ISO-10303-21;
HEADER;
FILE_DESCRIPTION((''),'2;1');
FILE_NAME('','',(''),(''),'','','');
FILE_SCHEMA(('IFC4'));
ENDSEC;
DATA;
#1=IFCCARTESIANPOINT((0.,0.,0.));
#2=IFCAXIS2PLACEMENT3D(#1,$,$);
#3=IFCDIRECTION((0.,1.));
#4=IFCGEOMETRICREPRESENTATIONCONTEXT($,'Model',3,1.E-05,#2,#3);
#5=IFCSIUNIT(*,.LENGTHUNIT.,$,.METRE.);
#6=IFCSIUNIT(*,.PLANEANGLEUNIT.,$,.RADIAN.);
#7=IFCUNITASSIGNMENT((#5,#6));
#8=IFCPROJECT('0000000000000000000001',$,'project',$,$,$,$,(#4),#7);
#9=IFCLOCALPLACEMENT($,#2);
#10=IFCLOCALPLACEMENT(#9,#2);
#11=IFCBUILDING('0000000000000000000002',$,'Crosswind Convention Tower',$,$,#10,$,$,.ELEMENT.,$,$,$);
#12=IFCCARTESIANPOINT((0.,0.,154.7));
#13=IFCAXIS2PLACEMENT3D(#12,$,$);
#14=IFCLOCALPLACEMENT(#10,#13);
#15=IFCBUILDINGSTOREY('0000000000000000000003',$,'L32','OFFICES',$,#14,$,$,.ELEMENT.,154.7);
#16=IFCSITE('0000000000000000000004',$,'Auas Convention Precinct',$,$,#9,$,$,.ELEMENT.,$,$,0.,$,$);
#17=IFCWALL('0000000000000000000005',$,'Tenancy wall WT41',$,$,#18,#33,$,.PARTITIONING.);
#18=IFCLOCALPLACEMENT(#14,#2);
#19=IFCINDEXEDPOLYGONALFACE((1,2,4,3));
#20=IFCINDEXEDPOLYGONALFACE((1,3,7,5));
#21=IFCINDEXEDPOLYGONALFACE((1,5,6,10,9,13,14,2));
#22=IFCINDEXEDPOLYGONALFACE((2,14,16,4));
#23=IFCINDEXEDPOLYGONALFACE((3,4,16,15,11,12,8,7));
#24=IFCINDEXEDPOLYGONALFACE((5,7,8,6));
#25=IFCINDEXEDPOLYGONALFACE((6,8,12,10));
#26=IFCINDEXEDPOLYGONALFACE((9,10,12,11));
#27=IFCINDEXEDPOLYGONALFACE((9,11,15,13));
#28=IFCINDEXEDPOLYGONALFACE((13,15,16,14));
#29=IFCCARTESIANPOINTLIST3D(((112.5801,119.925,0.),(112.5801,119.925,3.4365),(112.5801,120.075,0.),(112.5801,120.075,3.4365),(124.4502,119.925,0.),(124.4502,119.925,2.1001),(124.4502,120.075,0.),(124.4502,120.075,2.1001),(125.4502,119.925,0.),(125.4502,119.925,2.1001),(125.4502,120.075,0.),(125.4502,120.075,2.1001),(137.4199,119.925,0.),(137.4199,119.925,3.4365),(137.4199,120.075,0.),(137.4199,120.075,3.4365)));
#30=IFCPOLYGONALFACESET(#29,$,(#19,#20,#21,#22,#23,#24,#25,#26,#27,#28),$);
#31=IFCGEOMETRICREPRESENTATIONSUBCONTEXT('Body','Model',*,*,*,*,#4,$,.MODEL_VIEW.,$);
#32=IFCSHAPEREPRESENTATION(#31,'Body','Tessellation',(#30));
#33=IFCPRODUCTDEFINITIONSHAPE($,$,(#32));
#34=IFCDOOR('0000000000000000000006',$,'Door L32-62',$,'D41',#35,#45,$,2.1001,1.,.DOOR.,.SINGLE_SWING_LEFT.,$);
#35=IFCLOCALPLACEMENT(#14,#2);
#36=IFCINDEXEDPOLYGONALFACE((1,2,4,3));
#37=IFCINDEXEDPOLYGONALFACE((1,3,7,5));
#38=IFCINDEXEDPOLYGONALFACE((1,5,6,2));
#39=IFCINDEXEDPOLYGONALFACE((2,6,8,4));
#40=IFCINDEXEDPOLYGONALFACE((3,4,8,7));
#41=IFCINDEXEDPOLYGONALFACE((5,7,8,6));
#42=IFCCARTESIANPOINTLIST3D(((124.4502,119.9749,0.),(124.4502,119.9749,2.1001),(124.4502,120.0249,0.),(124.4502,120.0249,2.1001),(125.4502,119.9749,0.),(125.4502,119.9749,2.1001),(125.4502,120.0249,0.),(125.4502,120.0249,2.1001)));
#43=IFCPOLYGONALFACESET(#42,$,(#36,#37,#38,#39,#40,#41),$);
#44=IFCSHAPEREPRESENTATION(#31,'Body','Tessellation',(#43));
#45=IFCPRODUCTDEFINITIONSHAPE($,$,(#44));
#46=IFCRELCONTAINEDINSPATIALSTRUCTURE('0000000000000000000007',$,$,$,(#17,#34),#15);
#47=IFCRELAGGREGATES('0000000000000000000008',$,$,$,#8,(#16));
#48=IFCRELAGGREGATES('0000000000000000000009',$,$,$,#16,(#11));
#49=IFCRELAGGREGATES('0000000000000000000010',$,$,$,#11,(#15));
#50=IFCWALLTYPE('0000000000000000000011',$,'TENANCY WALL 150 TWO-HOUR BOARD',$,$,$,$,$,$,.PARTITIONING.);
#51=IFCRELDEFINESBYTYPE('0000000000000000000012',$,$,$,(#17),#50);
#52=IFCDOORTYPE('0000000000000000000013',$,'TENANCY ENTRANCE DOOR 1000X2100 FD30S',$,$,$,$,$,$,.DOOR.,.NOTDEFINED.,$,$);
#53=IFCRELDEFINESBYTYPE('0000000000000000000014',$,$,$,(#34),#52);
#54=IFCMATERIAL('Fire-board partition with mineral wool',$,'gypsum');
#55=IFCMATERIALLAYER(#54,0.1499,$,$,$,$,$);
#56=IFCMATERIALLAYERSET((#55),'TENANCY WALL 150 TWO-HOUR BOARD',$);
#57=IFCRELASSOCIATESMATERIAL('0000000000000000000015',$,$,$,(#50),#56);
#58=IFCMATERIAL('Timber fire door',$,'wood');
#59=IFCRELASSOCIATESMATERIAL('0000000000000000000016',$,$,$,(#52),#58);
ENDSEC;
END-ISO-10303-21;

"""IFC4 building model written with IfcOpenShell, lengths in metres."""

from ifc_helpers import new_model, si_unit, direction, frame, frame_2d, origin, place, context, subcontext, project, spatial, rectangle, extrude, material, layer, layer_set, type_object, element, fill, save


model = new_model("IFC4")

# Units and contexts
model_context = context("Model", 3, precision=1e-05, world=origin(), true_north=direction((0.0, 1.0)))
body_context = subcontext(model_context, "Body", "Model", "MODEL_VIEW")
ifc_project = project(units=[si_unit("LENGTHUNIT", "METRE"), si_unit("PLANEANGLEUNIT", "RADIAN")], contexts=[model_context])

# Site, building, storey
site_placement = place(None, origin())
site = spatial("IfcSite", under=ifc_project, at=site_placement, Name="Auas Convention Precinct", CompositionType="ELEMENT", RefElevation=0.0)
building_placement = place(site_placement, origin())
building = spatial("IfcBuilding", under=site, at=building_placement, Name="Crosswind Convention Tower", CompositionType="ELEMENT")
storey_placement = place(building_placement, frame((0.0, 0.0, 154.7)))
storey = spatial("IfcBuildingStorey", under=building, at=storey_placement, Name="L32", Description="OFFICES", CompositionType="ELEMENT", Elevation=154.7)

# Wall, opening, door
ifc_material_1 = material(Name="Fire-board partition with mineral wool", Category="gypsum")
ifc_layer_1 = layer(ifc_material_1, 0.1499)
ifc_layer_set_1 = layer_set([ifc_layer_1], Name="TENANCY WALL 150 TWO-HOUR BOARD")
wall_type_1 = type_object("IfcWallType", Name="TENANCY WALL 150 TWO-HOUR BOARD", PredefinedType="PARTITIONING", material=ifc_layer_set_1)
wall_1_placement = place(storey_placement, frame((112.5801, 120.0, 0.0), z_axis=(0.0, 0.0, 1.0), x_axis=(1.0, 0.0, 0.0)))
wall_1 = element("IfcWall", 1, at=wall_1_placement, inside=storey, type_object=wall_type_1, Name="Tenancy wall WT41", PredefinedType="PARTITIONING", context=body_context, shape_type="SweptSolid", body=[
    extrude(rectangle(XDim=24.8398, YDim=0.1499, at=frame_2d((12.4199, 0.0))), origin(), (0.0, 0.0, 1.0), 3.4365),
])
opening_1_placement = place(wall_1_placement, frame((11.8701, 0.0, 0.0)))
opening_1 = element("IfcOpeningElement", 2, at=opening_1_placement, cuts=wall_1, PredefinedType="OPENING", context=body_context, shape_type="SweptSolid", body=[
    extrude(rectangle(XDim=1.0, YDim=2.1001, at=frame_2d((0.5, 1.05))), frame((0.0, 0.085, 0.0), z_axis=(0.0, -1.0, 0.0), x_axis=(1.0, 0.0, 0.0)), (0.0, 0.0, 1.0), 0.1699),
])
ifc_material_2 = material(Name="Timber fire door", Category="wood")
door_type_1 = type_object("IfcDoorType", Name="TENANCY ENTRANCE DOOR 1000X2100 FD30S", OperationType="NOTDEFINED", PredefinedType="DOOR", material=ifc_material_2)
door_1_placement = place(opening_1_placement, origin())
door_1 = element("IfcDoor", 3, at=door_1_placement, inside=storey, type_object=door_type_1, Name="Door L32-62", ObjectType="D41", OperationType="SINGLE_SWING_LEFT", OverallHeight=2.1001, OverallWidth=1.0, PredefinedType="DOOR", context=body_context, shape_type="SweptSolid", body=[
    extrude(rectangle(XDim=1.0, YDim=2.1001, at=frame_2d((0.5, 1.05))), frame((0.0, 0.0249, 0.0), z_axis=(0.0, -1.0, 0.0), x_axis=(1.0, 0.0, 0.0)), (0.0, 0.0, 1.0), 0.05),
])
fill(opening_1, door_1)

save(model, "model.ifc")
